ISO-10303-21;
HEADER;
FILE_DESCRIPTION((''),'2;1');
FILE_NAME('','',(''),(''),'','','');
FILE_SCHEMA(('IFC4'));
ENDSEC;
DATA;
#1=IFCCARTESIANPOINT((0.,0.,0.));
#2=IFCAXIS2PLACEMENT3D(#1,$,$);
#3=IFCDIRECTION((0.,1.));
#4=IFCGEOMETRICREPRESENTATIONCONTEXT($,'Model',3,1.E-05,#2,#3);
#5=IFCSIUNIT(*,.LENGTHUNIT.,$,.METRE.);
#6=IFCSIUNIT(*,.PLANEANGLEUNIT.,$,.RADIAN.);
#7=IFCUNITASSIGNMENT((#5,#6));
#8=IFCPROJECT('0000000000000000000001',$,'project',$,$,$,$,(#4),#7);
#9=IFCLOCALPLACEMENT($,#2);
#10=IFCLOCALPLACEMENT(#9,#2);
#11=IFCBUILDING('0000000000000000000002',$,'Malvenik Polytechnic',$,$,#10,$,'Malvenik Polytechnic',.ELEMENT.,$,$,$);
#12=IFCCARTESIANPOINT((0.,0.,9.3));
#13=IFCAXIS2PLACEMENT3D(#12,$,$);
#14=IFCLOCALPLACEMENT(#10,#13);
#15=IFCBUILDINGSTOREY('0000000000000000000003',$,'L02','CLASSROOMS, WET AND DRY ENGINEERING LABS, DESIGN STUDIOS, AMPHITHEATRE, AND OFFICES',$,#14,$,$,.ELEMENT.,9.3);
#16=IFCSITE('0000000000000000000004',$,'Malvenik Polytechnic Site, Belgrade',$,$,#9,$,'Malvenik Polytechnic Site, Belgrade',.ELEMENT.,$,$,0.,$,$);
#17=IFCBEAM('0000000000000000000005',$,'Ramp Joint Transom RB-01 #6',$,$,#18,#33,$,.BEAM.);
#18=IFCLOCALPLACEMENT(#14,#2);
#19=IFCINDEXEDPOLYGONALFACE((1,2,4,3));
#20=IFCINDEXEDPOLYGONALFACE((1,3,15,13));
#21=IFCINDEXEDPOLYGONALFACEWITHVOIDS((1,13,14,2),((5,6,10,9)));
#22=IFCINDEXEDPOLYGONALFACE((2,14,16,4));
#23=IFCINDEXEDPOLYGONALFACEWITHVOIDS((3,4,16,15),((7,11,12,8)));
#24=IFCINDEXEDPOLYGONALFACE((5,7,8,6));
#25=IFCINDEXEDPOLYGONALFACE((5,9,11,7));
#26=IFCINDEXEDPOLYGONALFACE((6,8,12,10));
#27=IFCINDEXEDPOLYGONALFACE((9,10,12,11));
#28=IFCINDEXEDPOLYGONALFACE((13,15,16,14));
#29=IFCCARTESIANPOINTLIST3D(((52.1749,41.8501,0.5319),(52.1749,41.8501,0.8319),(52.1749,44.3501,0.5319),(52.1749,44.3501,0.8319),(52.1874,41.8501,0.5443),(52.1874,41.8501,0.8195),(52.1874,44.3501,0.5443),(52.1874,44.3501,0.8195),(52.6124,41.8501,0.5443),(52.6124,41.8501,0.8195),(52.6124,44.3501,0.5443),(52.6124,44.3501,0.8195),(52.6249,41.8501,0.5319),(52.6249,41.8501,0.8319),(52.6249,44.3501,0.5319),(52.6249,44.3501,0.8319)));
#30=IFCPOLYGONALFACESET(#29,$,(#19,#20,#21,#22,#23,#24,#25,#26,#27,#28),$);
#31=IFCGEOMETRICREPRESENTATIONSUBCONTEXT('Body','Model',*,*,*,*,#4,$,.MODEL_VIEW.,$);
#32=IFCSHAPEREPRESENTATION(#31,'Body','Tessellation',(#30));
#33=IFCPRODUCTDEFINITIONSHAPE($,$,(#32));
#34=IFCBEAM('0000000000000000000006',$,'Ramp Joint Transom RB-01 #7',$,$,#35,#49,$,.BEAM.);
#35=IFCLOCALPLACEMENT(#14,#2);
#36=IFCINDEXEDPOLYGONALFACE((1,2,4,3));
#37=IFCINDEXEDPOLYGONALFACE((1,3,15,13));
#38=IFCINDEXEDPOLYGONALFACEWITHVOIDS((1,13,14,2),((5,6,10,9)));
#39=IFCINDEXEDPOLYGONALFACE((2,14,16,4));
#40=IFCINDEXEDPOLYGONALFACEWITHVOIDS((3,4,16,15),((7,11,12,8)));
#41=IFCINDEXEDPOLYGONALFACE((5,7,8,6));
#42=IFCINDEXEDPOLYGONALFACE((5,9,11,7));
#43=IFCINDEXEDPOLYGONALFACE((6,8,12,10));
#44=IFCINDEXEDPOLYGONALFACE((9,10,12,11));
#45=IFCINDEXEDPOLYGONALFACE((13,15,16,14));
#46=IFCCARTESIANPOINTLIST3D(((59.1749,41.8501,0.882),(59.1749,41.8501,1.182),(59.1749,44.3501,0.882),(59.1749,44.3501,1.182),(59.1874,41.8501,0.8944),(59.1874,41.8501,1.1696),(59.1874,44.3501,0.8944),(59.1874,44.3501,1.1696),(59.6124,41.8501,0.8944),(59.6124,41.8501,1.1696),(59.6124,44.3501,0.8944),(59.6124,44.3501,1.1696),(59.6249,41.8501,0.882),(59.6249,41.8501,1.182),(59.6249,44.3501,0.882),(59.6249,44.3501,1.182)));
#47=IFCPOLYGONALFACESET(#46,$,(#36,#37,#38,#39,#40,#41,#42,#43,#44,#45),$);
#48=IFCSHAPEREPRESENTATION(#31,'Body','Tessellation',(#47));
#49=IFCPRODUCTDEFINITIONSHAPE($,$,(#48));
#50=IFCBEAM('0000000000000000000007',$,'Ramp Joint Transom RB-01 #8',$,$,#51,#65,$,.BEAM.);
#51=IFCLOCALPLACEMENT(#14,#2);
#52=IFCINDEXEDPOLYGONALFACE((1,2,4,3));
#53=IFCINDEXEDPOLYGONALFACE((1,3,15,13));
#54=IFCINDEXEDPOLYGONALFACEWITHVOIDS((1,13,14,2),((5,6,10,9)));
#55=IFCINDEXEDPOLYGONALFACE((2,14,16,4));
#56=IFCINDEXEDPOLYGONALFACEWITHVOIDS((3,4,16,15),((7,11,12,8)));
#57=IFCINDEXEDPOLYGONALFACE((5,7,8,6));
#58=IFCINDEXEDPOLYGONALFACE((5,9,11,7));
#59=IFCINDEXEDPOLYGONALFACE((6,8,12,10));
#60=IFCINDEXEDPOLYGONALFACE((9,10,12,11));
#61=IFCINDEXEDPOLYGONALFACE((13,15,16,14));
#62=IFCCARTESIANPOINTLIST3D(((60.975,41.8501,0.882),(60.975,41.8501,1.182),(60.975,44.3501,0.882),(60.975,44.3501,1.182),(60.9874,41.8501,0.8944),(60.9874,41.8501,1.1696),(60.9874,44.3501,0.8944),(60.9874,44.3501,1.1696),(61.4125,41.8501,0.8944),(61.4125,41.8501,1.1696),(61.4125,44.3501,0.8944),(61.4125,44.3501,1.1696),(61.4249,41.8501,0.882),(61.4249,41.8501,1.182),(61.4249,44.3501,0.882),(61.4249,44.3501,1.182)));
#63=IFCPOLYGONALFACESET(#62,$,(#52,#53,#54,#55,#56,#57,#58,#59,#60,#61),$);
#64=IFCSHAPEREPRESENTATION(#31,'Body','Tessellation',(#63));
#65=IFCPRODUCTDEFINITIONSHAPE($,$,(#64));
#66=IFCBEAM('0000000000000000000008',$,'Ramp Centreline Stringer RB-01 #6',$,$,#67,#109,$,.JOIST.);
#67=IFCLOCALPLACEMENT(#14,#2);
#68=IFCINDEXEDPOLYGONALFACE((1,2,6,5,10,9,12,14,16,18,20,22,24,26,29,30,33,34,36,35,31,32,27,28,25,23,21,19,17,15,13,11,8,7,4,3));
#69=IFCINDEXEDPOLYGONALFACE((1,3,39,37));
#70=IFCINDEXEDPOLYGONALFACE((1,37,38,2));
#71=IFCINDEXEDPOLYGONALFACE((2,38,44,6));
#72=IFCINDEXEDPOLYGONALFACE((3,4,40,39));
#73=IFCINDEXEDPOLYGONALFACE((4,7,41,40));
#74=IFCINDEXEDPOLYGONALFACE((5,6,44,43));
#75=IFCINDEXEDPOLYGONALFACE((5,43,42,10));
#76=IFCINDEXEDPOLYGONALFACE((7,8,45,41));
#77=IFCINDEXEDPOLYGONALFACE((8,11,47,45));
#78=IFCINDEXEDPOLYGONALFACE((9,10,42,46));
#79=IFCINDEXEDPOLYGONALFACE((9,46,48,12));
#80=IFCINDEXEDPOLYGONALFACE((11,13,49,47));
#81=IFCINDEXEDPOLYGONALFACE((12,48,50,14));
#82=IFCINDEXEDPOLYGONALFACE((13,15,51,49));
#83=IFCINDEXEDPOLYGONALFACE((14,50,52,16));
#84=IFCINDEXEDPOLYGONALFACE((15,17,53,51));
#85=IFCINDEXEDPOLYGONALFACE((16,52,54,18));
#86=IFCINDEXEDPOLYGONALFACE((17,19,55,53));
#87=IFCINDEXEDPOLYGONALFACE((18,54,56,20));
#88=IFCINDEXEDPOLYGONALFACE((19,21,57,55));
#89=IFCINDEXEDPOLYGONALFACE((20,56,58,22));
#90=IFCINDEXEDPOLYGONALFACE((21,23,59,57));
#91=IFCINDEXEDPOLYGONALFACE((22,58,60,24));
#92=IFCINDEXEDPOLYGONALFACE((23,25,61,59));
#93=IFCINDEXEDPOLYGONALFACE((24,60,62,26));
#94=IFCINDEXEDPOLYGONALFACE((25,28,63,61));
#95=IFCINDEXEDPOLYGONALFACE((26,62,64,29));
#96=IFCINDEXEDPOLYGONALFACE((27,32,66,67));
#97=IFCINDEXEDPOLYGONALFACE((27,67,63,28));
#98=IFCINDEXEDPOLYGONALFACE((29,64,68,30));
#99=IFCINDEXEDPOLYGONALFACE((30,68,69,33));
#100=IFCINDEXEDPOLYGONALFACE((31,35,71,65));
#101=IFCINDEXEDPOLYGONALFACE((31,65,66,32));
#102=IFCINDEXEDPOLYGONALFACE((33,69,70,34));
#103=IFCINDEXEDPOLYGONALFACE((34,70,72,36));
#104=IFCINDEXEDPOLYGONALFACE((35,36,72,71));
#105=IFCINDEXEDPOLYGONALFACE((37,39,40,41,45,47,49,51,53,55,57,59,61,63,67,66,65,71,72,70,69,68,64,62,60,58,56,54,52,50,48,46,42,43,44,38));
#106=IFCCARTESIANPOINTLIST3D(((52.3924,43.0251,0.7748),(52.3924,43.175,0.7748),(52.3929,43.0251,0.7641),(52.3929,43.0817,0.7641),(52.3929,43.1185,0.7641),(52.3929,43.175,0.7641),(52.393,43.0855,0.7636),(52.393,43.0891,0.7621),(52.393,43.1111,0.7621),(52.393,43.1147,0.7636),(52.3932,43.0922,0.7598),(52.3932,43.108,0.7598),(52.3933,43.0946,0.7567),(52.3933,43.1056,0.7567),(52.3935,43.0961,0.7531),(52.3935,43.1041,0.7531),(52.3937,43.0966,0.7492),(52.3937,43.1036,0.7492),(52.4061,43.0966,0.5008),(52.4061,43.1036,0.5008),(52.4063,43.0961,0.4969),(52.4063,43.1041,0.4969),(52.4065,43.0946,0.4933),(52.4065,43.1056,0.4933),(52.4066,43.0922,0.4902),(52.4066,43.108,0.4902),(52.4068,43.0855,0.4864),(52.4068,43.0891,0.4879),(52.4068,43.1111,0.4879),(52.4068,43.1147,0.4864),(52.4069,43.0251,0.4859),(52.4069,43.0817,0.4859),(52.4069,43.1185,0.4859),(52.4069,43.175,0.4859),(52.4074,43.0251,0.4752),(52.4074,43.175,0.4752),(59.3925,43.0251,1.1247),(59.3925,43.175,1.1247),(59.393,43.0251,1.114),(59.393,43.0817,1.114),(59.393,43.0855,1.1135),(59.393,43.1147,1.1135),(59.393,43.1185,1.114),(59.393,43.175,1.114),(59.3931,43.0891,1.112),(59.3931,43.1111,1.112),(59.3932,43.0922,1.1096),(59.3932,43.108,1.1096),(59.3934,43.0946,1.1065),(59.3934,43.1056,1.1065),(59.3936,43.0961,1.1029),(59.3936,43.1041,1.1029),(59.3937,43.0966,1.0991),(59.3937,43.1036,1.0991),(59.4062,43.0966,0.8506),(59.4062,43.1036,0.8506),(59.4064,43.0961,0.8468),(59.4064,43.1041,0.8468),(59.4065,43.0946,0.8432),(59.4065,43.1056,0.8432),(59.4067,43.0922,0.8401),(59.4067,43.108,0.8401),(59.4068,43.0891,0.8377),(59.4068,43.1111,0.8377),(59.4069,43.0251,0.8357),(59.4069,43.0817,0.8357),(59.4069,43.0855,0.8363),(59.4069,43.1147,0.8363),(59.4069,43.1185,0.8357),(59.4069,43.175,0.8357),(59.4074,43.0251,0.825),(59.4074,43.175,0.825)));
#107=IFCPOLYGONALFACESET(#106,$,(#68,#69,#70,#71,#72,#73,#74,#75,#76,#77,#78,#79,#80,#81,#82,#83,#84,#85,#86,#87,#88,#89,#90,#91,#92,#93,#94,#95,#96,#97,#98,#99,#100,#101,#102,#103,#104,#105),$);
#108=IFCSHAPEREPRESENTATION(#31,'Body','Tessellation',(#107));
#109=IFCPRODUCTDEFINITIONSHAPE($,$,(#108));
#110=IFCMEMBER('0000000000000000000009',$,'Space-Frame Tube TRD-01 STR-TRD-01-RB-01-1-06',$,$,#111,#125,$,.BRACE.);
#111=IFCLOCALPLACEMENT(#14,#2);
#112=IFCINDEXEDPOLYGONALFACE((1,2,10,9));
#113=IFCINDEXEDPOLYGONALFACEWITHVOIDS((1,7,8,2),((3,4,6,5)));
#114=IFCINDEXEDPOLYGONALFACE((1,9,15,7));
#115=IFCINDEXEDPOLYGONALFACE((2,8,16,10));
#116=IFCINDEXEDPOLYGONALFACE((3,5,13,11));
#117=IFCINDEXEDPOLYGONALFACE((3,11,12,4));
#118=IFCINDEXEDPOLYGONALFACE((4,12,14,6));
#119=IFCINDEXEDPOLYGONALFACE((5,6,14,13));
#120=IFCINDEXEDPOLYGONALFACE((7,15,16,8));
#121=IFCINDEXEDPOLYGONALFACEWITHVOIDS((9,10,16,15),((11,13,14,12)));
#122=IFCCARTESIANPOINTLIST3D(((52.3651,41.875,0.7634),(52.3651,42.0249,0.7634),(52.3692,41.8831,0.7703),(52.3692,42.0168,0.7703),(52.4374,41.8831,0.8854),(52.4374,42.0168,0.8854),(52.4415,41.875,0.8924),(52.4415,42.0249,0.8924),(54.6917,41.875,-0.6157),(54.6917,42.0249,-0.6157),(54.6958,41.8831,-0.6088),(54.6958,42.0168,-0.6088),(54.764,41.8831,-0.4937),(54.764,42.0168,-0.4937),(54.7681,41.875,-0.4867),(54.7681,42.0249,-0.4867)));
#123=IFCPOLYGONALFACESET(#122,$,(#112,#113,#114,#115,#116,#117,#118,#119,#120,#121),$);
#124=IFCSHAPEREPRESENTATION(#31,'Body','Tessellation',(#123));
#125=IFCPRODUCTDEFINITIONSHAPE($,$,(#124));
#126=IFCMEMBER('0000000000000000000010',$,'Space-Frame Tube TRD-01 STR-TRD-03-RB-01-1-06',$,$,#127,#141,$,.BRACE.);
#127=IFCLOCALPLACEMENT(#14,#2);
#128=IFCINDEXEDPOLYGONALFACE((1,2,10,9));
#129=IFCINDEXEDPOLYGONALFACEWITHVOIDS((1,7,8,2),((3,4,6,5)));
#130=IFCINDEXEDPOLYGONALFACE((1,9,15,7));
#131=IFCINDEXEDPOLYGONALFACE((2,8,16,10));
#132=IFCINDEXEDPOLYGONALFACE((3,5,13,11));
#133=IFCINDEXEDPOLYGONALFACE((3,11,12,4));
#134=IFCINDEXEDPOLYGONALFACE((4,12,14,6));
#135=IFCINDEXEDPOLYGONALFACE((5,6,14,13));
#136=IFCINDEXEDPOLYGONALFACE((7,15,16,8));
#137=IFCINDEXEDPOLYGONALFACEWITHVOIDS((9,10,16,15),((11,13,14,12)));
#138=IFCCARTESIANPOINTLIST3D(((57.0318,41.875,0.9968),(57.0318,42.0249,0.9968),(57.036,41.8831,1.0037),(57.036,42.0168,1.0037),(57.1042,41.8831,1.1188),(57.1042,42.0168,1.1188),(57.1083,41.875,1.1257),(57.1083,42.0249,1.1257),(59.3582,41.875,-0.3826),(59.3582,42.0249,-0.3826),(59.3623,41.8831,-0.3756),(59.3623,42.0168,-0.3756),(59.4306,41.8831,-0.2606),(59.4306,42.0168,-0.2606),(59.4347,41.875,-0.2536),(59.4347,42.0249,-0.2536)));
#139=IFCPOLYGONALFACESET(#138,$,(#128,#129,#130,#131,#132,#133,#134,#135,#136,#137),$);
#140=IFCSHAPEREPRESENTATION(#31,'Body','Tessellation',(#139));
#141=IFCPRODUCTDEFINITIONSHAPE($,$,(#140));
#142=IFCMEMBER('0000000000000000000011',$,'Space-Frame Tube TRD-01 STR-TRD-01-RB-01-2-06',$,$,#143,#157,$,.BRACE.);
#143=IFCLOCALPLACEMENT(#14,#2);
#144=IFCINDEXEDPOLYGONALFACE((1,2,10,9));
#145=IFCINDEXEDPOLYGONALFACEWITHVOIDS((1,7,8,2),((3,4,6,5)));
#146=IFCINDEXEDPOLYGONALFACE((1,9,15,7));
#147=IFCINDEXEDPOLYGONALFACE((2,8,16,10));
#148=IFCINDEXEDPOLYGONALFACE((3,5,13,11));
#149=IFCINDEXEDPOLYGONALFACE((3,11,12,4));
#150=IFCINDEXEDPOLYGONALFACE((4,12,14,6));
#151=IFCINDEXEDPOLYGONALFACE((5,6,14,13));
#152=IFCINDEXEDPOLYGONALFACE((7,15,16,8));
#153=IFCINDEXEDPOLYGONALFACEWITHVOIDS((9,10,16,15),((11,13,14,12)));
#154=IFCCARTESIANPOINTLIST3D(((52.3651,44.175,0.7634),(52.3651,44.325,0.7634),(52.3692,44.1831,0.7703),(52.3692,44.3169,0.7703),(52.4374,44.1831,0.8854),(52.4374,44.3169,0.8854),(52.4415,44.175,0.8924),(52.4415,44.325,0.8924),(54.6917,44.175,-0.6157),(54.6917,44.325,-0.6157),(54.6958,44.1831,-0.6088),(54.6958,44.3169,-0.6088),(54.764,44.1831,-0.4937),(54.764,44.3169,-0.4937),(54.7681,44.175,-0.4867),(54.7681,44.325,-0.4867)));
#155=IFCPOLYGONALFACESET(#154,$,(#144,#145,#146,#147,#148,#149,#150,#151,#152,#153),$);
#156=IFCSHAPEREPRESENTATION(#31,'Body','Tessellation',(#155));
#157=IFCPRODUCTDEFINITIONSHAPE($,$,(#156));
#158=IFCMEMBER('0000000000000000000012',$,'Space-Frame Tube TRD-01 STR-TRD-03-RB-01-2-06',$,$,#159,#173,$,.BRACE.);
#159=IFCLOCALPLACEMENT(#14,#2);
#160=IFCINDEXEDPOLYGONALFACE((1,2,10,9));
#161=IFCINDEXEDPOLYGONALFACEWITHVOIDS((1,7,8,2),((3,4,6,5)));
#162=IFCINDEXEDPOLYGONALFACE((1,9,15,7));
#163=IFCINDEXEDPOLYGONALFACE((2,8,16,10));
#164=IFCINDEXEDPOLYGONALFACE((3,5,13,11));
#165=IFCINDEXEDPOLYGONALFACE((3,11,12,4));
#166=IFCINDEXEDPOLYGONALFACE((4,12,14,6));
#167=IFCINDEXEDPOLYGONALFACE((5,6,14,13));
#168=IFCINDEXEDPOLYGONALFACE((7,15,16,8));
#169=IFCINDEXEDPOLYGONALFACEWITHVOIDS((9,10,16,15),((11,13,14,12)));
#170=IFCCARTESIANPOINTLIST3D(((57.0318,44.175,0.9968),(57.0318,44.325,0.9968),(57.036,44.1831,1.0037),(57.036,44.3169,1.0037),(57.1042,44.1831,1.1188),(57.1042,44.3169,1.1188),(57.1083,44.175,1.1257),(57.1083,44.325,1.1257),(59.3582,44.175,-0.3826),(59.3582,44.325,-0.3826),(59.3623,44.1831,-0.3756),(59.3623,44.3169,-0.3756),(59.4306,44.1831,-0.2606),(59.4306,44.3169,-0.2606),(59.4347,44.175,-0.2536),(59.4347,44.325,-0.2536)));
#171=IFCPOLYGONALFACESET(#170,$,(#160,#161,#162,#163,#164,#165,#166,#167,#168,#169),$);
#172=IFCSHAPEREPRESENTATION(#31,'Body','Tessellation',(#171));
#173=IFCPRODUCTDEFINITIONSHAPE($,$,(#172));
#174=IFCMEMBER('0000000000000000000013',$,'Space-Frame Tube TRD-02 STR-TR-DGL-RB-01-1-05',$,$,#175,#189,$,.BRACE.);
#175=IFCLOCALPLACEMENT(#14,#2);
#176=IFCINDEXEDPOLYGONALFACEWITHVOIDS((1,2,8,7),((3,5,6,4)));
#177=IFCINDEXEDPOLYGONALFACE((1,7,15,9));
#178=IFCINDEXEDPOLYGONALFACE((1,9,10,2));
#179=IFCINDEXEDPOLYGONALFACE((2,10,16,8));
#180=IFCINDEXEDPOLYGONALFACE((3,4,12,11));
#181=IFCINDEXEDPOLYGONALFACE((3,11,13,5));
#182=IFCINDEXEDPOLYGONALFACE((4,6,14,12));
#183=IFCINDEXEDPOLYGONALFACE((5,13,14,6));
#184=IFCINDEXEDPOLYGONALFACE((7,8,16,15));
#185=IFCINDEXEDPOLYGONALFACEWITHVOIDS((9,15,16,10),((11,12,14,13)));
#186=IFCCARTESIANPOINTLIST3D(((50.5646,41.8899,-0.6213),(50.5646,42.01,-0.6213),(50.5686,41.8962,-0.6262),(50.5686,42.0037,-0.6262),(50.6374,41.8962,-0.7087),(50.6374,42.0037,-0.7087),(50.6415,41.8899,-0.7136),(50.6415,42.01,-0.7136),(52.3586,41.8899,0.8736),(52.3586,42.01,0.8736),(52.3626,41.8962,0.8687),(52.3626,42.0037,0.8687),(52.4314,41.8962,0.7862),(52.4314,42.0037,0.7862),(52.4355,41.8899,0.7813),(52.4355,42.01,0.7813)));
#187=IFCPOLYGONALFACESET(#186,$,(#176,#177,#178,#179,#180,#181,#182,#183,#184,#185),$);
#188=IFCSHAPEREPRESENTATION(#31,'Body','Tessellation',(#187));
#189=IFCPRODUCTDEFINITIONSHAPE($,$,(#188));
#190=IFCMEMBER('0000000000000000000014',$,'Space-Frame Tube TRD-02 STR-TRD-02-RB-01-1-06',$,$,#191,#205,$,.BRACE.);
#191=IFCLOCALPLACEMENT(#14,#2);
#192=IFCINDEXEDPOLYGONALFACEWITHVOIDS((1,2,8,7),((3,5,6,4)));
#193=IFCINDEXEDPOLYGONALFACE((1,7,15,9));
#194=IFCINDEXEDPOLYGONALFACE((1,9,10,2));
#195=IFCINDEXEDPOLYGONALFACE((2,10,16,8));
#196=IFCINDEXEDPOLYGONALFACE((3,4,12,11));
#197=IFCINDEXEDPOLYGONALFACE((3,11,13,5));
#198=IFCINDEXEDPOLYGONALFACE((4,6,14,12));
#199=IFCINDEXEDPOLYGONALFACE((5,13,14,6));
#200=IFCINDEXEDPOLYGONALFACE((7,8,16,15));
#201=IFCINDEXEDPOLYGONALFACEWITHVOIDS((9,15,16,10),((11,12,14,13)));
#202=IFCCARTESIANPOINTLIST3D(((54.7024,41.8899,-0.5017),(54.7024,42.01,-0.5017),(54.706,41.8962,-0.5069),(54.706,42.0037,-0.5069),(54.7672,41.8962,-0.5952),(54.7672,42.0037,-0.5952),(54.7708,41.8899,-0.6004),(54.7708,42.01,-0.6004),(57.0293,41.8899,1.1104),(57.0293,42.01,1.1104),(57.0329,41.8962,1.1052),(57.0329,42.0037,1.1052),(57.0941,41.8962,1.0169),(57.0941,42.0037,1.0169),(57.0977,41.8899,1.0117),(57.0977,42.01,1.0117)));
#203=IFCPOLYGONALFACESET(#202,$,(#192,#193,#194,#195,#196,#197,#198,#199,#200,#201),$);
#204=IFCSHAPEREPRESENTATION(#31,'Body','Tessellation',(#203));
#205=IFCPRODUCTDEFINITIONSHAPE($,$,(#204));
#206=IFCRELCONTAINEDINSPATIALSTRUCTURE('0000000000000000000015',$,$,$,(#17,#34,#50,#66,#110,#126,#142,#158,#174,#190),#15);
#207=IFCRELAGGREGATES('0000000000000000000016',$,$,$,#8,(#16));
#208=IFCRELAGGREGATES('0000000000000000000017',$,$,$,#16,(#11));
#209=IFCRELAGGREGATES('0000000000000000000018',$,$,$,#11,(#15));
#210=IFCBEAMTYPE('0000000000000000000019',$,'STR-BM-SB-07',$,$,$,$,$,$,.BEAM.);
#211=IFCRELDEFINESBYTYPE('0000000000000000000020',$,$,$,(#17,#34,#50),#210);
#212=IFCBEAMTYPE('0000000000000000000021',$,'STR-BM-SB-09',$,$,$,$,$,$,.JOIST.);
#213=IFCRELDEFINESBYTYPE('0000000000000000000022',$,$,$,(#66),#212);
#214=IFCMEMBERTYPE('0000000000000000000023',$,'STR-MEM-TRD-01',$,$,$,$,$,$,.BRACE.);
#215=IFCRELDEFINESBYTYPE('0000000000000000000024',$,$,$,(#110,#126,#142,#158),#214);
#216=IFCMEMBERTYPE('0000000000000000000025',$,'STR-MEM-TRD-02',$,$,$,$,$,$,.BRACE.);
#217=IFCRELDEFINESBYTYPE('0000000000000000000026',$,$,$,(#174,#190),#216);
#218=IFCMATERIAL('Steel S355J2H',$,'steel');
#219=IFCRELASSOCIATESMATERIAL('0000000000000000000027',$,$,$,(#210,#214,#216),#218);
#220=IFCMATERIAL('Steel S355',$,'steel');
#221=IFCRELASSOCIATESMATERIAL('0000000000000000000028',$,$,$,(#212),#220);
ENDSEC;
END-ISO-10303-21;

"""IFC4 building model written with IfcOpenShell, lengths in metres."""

from ifc_helpers import new_model, si_unit, direction, frame, origin, origin_2d, place, context, subcontext, project, spatial, hollow_rectangle, i_section, extrude, material, material_profile, profile_set, type_object, element, save


model = new_model("IFC4")

# Units and contexts
model_context = context("Model", 3, precision=1e-05, world=origin(), true_north=direction((0.0, 1.0)))
body_context = subcontext(model_context, "Body", "Model", "MODEL_VIEW")
ifc_project = project(units=[si_unit("LENGTHUNIT", "METRE"), si_unit("PLANEANGLEUNIT", "RADIAN")], contexts=[model_context])

# Site, building, storey
site_placement = place(None, origin())
site = spatial("IfcSite", under=ifc_project, at=site_placement, Name="Malvenik Polytechnic Site, Belgrade", LongName="Malvenik Polytechnic Site, Belgrade", CompositionType="ELEMENT", RefElevation=0.0)
building_placement = place(site_placement, origin())
building = spatial("IfcBuilding", under=site, at=building_placement, Name="Malvenik Polytechnic", LongName="Malvenik Polytechnic", CompositionType="ELEMENT")
storey_placement = place(building_placement, frame((0.0, 0.0, 9.3)))
storey = spatial("IfcBuildingStorey", under=building, at=storey_placement, Name="L02", Description="CLASSROOMS, WET AND DRY ENGINEERING LABS, DESIGN STUDIOS, AMPHITHEATRE, AND OFFICES", CompositionType="ELEMENT", Elevation=9.3)

# Shared definitions
ifc_material_1 = material(Name="Steel S355J2H", Category="steel")
ifc_material_2 = material(Name="Steel S355", Category="steel")

# Beams
ifc_material_profile_1 = material_profile(ifc_material_1, hollow_rectangle(XDim=0.45, YDim=0.3, WallThickness=0.0125, at=origin_2d()), Name="RHS 450x300x12.5")
ifc_profile_set_1 = profile_set([ifc_material_profile_1], Name="Steel S355J2H")
beam_type_1 = type_object("IfcBeamType", Name="STR-BM-SB-07", PredefinedType="BEAM", material=ifc_profile_set_1)
for number, where, z_axis, x_axis, name in (
    (1, (52.3999, 41.8501, 0.6819), (0.0, 1.0, 0.0), (-1.0, 0.0, 0.0), "Ramp Joint Transom RB-01 #6"),
    (2, (59.3999, 41.8501, 1.032), (0.0, 1.0, 0.0), (-1.0, 0.0, 0.0), "Ramp Joint Transom RB-01 #7"),
    (3, (61.2, 41.8501, 1.032), (0.0, 1.0, 0.0), (-1.0, 0.0, 0.0), "Ramp Joint Transom RB-01 #8"),
):
    element("IfcBeam", number, at=place(storey_placement, frame(where, z_axis=z_axis, x_axis=x_axis)), inside=storey, type_object=beam_type_1, Name=name, PredefinedType="BEAM", context=body_context, shape_type="SweptSolid", body=[
        extrude(hollow_rectangle(XDim=0.45, YDim=0.3, WallThickness=0.0125, at=origin_2d()), origin(), (0.0, 0.0, 1.0), 2.5),
    ])
ifc_material_profile_2 = material_profile(ifc_material_2, i_section(OverallWidth=0.1499, OverallDepth=0.3, WebThickness=0.0071, FlangeThickness=0.0107, FilletRadius=0.0149, at=origin_2d()), Name="IPE 300")
ifc_profile_set_2 = profile_set([ifc_material_profile_2], Name="Steel S355")
beam_type_2 = type_object("IfcBeamType", Name="STR-BM-SB-09", PredefinedType="JOIST", material=ifc_profile_set_2)
beam_placement = place(storey_placement, frame((52.3999, 43.1001, 0.625), z_axis=(0.998753, 0.0, 0.049917), x_axis=(0.0, 1.0, 0.0)))
element("IfcBeam", 4, at=beam_placement, inside=storey, type_object=beam_type_2, Name="Ramp Centreline Stringer RB-01 #6", PredefinedType="JOIST", context=body_context, shape_type="SweptSolid", body=[
    extrude(i_section(OverallWidth=0.1499, OverallDepth=0.3, WebThickness=0.0071, FlangeThickness=0.0107, FilletRadius=0.0149, at=origin_2d()), origin(), (0.0, 0.0, 1.0), 7.0088),
])

# Members
ifc_material_profile_3 = material_profile(ifc_material_1, hollow_rectangle(XDim=0.1499, YDim=0.1499, WallThickness=0.0081, at=origin_2d()), Name="SHS 150x150x8.0")
ifc_profile_set_3 = profile_set([ifc_material_profile_3], Name="Steel S355J2H")
member_type_1 = type_object("IfcMemberType", Name="STR-MEM-TRD-01", PredefinedType="BRACE", material=ifc_profile_set_3)
for number, where, z_axis, x_axis, name in (
    (5, (52.4033, 41.95, 0.8279), (0.860228, 0.0, -0.509909), (0.0, 1.0, 0.0), "Space-Frame Tube TRD-01 STR-TRD-01-RB-01-1-06"),
    (6, (57.0701, 41.95, 1.0613), (0.860165, 0.0, -0.510015), (0.0, 1.0, 0.0), "Space-Frame Tube TRD-01 STR-TRD-03-RB-01-1-06"),
    (7, (52.4033, 44.25, 0.8279), (0.860228, 0.0, -0.509909), (0.0, 1.0, 0.0), "Space-Frame Tube TRD-01 STR-TRD-01-RB-01-2-06"),
    (8, (57.0701, 44.25, 1.0613), (0.860165, 0.0, -0.510015), (0.0, 1.0, 0.0), "Space-Frame Tube TRD-01 STR-TRD-03-RB-01-2-06"),
):
    element("IfcMember", number, at=place(storey_placement, frame(where, z_axis=z_axis, x_axis=x_axis)), inside=storey, type_object=member_type_1, Name=name, PredefinedType="BRACE", context=body_context, shape_type="SweptSolid", body=[
        extrude(hollow_rectangle(XDim=0.1499, YDim=0.1499, WallThickness=0.0081, at=origin_2d()), origin(), (0.0, 0.0, 1.0), 2.7046),
    ])
ifc_material_profile_4 = material_profile(ifc_material_1, hollow_rectangle(XDim=0.1201, YDim=0.1201, WallThickness=0.0063, at=origin_2d()), Name="SHS 120x120x6.3")
ifc_profile_set_4 = profile_set([ifc_material_profile_4], Name="Steel S355J2H")
member_type_2 = type_object("IfcMemberType", Name="STR-MEM-TRD-02", PredefinedType="BRACE", material=ifc_profile_set_4)
member_1_placement = place(storey_placement, frame((50.603, 41.95, -0.6675), z_axis=(0.768238, 0.0, 0.640164), x_axis=(0.0, 1.0, 0.0)))
element("IfcMember", 9, at=member_1_placement, inside=storey, type_object=member_type_2, Name="Space-Frame Tube TRD-02 STR-TR-DGL-RB-01-1-05", PredefinedType="BRACE", context=body_context, shape_type="SweptSolid", body=[
    extrude(hollow_rectangle(XDim=0.1201, YDim=0.1201, WallThickness=0.0063, at=origin_2d()), origin(), (0.0, 0.0, 1.0), 2.3352),
])
member_2_placement = place(storey_placement, frame((54.7366, 41.95, -0.551), z_axis=(0.822006, 0.0, 0.569479), x_axis=(0.0, 1.0, 0.0)))
element("IfcMember", 10, at=member_2_placement, inside=storey, type_object=member_type_2, Name="Space-Frame Tube TRD-02 STR-TRD-02-RB-01-1-06", PredefinedType="BRACE", context=body_context, shape_type="SweptSolid", body=[
    extrude(hollow_rectangle(XDim=0.1201, YDim=0.1201, WallThickness=0.0063, at=origin_2d()), origin(), (0.0, 0.0, 1.0), 2.8308),
])

save(model, "model.ifc")
